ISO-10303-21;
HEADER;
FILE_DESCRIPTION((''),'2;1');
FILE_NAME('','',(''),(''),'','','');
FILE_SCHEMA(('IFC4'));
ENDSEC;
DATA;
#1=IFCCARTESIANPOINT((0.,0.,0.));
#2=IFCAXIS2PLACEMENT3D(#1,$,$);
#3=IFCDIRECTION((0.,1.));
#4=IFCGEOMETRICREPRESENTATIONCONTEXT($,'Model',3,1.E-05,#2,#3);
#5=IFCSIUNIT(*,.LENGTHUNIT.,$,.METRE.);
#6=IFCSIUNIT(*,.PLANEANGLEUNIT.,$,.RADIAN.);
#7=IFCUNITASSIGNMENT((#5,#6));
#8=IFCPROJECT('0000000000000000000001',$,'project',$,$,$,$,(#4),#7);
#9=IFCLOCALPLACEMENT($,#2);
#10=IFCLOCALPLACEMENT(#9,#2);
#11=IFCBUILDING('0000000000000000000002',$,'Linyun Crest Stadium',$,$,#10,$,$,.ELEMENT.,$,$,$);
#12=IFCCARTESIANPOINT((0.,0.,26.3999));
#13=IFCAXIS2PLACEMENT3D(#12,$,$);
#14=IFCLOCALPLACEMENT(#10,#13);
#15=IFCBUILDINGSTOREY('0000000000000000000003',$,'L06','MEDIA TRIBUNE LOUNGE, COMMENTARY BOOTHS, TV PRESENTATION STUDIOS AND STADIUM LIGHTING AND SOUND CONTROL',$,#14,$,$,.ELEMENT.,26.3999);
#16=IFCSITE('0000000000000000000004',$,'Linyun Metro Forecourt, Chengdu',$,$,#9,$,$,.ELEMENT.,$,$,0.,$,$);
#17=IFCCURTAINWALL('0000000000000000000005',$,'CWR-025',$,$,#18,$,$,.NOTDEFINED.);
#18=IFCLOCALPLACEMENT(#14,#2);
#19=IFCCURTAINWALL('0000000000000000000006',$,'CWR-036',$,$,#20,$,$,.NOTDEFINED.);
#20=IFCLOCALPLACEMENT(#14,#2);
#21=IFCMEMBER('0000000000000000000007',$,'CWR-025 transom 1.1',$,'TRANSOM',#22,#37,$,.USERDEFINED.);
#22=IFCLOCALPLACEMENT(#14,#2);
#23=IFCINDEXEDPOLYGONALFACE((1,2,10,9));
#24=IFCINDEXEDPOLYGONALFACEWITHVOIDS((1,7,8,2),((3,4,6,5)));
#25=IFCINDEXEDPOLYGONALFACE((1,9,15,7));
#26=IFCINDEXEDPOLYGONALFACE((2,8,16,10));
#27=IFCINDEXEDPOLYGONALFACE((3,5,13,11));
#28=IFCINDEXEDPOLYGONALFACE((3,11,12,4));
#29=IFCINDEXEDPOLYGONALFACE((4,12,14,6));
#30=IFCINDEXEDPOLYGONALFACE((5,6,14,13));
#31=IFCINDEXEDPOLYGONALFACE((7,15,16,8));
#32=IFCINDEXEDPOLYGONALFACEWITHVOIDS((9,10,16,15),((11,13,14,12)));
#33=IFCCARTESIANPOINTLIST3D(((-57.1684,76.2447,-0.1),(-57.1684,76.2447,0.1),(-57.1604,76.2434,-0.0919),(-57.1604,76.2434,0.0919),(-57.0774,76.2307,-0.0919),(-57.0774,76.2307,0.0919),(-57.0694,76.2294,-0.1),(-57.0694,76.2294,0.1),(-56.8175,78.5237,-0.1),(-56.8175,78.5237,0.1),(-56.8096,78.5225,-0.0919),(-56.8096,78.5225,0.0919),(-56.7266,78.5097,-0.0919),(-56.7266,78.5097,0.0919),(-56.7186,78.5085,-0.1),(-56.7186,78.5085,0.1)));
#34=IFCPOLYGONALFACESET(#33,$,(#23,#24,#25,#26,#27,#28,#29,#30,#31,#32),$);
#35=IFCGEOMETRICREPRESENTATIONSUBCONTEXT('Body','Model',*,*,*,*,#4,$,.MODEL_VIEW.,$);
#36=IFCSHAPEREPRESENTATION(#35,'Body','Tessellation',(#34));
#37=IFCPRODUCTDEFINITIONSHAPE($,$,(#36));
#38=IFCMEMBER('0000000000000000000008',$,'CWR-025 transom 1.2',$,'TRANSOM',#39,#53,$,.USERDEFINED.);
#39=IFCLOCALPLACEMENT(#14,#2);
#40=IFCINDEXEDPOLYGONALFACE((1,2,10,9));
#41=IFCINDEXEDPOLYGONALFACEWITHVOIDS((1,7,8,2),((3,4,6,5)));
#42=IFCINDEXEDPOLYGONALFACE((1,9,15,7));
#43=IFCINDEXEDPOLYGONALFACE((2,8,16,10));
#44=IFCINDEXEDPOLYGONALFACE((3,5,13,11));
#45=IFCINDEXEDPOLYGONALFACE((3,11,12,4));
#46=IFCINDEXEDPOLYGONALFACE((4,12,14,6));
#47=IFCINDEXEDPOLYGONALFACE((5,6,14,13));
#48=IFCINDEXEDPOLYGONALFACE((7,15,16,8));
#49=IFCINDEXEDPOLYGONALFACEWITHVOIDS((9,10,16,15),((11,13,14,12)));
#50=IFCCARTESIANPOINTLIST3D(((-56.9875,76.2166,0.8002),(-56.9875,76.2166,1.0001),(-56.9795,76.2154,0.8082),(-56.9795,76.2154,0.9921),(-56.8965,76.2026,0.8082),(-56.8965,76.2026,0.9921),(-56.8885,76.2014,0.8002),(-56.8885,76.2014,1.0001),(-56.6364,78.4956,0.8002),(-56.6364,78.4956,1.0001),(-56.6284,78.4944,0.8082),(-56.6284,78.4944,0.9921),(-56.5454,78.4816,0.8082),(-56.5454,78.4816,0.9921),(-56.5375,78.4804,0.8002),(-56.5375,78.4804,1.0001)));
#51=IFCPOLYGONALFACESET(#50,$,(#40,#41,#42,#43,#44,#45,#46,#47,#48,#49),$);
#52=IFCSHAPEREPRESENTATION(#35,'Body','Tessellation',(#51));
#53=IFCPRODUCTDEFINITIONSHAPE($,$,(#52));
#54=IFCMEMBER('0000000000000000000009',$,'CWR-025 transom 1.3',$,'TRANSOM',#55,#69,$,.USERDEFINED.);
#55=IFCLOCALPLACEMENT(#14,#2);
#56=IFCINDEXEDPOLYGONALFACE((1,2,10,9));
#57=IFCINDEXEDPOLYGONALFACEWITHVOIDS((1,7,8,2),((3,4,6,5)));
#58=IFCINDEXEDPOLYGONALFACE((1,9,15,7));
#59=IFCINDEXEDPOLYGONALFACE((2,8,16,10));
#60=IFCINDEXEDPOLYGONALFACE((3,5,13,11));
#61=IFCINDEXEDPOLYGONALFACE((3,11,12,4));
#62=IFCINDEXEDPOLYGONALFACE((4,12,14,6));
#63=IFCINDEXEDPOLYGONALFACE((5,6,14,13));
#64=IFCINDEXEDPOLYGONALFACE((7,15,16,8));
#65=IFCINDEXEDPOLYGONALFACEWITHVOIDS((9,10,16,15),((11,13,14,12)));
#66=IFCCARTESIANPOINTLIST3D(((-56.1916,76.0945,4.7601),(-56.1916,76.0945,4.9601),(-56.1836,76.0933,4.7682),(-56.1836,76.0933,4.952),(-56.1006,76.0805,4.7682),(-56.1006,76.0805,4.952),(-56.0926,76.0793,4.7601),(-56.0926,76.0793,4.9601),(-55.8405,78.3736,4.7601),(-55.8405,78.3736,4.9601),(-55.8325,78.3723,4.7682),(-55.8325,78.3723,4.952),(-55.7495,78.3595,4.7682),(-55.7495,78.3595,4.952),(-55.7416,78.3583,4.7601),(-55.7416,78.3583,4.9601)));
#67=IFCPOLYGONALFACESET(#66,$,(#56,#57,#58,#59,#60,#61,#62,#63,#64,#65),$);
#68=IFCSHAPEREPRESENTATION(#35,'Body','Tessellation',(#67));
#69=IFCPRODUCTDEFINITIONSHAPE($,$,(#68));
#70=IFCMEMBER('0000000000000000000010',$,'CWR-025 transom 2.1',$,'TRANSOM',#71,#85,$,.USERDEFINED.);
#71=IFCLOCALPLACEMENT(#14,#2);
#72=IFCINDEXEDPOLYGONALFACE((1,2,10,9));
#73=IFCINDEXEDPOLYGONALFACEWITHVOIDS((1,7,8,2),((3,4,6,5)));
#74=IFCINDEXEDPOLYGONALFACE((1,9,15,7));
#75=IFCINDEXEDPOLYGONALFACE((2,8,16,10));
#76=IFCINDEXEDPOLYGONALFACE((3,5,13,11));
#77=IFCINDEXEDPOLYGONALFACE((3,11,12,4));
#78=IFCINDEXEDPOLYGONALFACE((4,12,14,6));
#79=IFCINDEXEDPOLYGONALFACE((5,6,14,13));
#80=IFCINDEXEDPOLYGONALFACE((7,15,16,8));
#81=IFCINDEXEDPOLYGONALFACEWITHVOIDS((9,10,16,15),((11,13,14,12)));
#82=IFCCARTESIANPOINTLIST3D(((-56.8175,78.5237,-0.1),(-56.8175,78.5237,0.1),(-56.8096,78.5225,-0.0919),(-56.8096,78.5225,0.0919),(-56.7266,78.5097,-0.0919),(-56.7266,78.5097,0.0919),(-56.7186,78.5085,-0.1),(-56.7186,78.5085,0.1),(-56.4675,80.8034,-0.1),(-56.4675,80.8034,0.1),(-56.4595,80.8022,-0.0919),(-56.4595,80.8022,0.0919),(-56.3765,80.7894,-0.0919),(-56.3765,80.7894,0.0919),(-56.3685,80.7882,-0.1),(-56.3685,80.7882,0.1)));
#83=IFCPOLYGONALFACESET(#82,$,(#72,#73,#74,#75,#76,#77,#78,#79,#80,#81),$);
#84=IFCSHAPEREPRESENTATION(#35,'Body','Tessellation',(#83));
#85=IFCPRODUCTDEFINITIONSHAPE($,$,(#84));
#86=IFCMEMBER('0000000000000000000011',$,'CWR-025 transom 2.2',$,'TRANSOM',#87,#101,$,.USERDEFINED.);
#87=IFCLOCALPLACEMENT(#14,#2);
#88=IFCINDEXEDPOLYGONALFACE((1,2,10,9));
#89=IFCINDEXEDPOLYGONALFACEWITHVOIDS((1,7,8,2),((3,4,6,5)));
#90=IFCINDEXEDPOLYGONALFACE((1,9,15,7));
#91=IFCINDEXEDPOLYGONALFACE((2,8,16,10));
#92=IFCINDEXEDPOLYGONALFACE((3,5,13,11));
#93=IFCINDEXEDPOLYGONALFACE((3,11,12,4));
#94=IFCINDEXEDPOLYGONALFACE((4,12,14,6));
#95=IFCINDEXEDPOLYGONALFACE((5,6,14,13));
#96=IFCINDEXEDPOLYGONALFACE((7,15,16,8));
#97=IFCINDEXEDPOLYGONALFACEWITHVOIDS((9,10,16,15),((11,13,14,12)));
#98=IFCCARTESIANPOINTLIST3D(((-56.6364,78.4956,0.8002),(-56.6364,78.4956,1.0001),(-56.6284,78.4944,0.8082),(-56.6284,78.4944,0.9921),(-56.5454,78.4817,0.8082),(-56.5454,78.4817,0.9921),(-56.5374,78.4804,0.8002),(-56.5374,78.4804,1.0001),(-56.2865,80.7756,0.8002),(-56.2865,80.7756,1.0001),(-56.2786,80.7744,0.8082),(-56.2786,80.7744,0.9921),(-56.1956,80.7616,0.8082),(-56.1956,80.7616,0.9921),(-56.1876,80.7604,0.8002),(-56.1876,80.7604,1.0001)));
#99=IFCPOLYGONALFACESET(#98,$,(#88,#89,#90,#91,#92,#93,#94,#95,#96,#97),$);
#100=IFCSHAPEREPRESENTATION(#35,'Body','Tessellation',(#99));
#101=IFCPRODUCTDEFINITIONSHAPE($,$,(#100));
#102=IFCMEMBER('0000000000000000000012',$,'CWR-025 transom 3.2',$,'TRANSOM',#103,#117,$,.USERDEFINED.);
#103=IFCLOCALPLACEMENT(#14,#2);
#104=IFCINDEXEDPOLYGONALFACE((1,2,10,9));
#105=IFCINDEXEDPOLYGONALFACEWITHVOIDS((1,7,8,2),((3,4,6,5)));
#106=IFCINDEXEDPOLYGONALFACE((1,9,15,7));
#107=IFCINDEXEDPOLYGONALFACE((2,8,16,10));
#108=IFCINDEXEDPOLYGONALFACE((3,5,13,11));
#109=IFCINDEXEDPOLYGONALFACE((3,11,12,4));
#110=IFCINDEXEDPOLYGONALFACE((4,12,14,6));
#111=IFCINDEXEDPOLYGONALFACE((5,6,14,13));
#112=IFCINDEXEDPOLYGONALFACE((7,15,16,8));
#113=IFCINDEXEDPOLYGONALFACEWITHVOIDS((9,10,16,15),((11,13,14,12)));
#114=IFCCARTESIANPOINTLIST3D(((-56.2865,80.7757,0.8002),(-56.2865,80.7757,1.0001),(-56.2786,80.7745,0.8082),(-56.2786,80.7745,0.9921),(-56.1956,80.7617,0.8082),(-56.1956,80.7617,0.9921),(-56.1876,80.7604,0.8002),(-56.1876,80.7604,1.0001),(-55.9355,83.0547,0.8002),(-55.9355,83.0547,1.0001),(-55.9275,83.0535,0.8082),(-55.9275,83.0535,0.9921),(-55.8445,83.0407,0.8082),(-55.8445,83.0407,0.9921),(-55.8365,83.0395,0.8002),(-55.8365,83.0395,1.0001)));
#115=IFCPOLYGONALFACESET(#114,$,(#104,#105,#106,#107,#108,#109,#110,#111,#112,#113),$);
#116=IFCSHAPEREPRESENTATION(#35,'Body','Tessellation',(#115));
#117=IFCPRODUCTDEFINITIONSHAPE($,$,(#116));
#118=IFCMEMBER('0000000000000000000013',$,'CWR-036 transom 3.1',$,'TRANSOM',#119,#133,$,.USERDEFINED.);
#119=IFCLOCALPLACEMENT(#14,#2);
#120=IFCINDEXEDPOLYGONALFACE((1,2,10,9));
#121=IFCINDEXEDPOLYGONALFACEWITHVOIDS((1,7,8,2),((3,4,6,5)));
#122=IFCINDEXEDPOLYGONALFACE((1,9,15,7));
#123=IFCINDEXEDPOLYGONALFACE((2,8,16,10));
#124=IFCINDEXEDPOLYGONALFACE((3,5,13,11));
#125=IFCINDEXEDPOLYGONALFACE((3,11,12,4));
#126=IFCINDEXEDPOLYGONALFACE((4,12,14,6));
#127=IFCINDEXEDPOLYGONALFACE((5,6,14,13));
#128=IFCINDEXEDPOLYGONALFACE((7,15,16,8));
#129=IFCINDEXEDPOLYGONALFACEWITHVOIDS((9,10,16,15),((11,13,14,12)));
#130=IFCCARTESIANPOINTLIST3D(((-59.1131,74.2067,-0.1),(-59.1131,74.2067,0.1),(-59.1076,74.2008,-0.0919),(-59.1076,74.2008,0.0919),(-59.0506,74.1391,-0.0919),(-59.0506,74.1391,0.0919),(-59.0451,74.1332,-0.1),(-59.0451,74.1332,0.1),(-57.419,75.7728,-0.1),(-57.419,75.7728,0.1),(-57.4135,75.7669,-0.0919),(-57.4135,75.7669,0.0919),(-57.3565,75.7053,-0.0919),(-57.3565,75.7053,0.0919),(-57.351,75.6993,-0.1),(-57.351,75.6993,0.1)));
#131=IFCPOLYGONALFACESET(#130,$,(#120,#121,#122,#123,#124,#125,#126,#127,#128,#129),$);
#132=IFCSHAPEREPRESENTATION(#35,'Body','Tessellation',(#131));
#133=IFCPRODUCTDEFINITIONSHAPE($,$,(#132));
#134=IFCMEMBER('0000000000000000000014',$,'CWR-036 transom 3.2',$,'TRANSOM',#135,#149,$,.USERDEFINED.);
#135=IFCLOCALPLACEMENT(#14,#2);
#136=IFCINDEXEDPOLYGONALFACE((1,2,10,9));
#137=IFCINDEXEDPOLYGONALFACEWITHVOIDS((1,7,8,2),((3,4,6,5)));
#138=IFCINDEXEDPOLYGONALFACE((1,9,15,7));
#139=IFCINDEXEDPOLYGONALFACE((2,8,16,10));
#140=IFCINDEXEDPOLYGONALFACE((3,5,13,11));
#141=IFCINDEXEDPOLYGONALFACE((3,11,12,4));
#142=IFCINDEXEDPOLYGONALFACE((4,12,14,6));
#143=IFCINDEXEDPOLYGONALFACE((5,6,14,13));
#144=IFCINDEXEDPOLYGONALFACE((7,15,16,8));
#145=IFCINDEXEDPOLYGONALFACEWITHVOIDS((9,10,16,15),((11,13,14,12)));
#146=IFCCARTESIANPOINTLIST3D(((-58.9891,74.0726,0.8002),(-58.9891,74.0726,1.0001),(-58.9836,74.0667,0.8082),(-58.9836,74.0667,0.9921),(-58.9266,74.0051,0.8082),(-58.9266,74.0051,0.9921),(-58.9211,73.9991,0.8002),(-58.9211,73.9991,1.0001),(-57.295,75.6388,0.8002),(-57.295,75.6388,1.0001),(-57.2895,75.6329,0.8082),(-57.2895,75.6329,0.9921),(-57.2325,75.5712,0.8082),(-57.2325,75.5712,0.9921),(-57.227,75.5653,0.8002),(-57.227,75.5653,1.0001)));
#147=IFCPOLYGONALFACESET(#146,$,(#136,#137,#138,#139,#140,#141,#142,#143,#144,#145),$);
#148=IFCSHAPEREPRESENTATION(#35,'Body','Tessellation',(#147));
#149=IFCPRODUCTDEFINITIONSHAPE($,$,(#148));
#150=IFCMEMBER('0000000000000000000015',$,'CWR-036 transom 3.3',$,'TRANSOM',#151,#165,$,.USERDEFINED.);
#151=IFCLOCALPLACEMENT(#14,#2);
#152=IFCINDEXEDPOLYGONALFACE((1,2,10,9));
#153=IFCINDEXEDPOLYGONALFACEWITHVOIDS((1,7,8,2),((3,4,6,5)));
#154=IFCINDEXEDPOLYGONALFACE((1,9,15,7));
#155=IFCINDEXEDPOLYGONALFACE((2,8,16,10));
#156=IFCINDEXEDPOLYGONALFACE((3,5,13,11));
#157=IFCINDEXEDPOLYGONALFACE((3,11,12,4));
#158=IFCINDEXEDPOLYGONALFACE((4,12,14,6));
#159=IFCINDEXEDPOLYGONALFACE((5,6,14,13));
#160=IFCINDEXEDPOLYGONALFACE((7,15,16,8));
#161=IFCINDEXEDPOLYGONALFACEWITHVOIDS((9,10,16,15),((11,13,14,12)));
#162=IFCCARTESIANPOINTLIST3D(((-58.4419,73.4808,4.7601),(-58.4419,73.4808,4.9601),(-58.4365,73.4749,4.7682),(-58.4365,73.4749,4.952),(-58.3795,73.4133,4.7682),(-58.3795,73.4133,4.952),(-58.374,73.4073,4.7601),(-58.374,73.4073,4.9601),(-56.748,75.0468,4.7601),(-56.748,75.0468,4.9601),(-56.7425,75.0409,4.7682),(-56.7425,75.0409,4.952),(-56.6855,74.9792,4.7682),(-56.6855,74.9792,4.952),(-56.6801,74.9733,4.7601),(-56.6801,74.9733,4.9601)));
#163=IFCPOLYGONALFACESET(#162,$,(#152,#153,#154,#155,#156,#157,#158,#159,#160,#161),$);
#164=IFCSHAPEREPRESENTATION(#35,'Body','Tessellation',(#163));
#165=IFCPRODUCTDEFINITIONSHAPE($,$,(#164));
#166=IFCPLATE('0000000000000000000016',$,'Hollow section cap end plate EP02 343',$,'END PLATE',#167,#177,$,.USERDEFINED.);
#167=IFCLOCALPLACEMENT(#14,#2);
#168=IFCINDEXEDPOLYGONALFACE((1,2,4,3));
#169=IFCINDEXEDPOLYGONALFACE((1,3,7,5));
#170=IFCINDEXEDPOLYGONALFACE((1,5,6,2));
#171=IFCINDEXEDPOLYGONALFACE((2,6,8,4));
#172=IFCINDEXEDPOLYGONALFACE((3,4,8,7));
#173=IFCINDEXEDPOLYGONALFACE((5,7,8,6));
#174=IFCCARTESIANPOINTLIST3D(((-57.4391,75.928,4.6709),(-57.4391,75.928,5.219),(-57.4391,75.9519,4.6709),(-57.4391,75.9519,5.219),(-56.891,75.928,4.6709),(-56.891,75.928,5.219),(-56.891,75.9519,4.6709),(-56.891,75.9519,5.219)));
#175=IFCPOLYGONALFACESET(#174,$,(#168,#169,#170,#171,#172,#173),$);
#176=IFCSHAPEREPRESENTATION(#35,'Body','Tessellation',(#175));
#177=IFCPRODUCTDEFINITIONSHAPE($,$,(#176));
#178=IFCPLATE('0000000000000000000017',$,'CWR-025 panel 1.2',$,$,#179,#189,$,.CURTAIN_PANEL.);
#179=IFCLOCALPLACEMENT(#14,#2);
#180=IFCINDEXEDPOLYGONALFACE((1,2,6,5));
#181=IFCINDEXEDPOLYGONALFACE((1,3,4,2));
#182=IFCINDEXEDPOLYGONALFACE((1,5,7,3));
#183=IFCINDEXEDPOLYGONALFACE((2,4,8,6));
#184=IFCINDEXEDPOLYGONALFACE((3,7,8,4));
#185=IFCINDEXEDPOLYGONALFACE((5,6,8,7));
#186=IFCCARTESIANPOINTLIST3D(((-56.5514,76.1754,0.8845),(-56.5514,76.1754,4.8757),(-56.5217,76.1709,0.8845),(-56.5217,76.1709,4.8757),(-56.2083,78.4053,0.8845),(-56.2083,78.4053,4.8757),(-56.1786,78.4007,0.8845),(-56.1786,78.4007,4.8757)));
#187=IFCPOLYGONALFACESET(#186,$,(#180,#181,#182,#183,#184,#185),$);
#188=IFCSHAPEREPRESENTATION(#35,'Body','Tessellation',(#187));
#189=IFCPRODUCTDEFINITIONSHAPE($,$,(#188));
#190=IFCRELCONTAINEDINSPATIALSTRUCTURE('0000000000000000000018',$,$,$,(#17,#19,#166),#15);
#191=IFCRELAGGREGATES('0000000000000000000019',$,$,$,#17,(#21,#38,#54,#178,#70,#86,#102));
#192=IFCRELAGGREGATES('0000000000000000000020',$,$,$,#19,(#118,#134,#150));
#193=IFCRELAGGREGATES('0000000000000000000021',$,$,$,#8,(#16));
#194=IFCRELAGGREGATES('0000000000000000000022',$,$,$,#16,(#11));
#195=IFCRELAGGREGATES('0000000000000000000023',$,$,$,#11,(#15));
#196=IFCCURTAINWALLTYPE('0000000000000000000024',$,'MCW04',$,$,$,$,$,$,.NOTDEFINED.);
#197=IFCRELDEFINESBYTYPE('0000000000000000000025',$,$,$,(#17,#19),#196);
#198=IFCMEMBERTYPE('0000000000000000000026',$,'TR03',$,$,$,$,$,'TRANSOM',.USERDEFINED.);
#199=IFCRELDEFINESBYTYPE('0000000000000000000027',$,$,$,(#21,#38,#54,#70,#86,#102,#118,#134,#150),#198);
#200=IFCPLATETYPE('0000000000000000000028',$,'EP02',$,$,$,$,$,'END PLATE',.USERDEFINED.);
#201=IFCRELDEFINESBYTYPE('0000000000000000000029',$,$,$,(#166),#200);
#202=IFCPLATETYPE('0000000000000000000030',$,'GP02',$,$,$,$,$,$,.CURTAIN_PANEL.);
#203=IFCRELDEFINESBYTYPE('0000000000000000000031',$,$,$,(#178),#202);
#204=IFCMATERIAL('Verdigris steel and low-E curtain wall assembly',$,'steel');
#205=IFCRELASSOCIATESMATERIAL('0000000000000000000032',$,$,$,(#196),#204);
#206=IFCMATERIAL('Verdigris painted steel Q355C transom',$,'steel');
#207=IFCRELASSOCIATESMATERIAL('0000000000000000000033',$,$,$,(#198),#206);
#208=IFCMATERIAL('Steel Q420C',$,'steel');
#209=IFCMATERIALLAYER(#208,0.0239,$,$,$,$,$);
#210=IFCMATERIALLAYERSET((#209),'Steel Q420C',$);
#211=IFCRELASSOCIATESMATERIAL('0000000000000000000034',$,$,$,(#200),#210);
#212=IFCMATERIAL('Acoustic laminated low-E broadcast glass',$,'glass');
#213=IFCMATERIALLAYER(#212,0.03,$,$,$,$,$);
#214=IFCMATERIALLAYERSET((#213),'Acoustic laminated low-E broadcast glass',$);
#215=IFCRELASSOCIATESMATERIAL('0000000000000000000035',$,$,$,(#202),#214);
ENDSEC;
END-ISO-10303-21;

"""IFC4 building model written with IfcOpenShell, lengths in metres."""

from ifc_helpers import new_model, si_unit, direction, frame, origin, origin_2d, place, context, subcontext, project, spatial, rectangle, hollow_rectangle, extrude, material, layer, layer_set, material_profile, profile_set, type_object, element, aggregate, save


model = new_model("IFC4")

# Units and contexts
model_context = context("Model", 3, precision=1e-05, world=origin(), true_north=direction((0.0, 1.0)))
body_context = subcontext(model_context, "Body", "Model", "MODEL_VIEW")
ifc_project = project(units=[si_unit("LENGTHUNIT", "METRE"), si_unit("PLANEANGLEUNIT", "RADIAN")], contexts=[model_context])

# Site, building, storey
site_placement = place(None, origin())
site = spatial("IfcSite", under=ifc_project, at=site_placement, Name="Linyun Metro Forecourt, Chengdu", CompositionType="ELEMENT", RefElevation=0.0)
building_placement = place(site_placement, origin())
building = spatial("IfcBuilding", under=site, at=building_placement, Name="Linyun Crest Stadium", CompositionType="ELEMENT")
storey_placement = place(building_placement, frame((0.0, 0.0, 26.3999)))
storey = spatial("IfcBuildingStorey", under=building, at=storey_placement, Name="L06", Description="MEDIA TRIBUNE LOUNGE, COMMENTARY BOOTHS, TV PRESENTATION STUDIOS AND STADIUM LIGHTING AND SOUND CONTROL", CompositionType="ELEMENT", Elevation=26.3999)

# Curtain walls
ifc_material_1 = material(Name="Verdigris steel and low-E curtain wall assembly", Category="steel")
curtain_wall_type = type_object("IfcCurtainWallType", Name="MCW04", PredefinedType="NOTDEFINED", material=ifc_material_1)
curtain_wall_1_placement = place(storey_placement, origin())
curtain_wall_1 = element("IfcCurtainWall", 1, at=curtain_wall_1_placement, inside=storey, type_object=curtain_wall_type, Name="CWR-025", PredefinedType="NOTDEFINED")
curtain_wall_2_placement = place(storey_placement, origin())
curtain_wall_2 = element("IfcCurtainWall", 2, at=curtain_wall_2_placement, inside=storey, type_object=curtain_wall_type, Name="CWR-036", PredefinedType="NOTDEFINED")

# Members
ifc_material_2 = material(Name="Verdigris painted steel Q355C transom", Category="steel")
ifc_material_profile_1 = material_profile(ifc_material_2, hollow_rectangle(XDim=0.1001, YDim=0.2, WallThickness=0.0081, at=origin_2d()), Name="RHS 200x100x8")
ifc_profile_set_1 = profile_set([ifc_material_profile_1], Name="Verdigris painted steel Q355C transom")
member_type_1 = type_object("IfcMemberType", Name="TR03", ElementType="TRANSOM", PredefinedType="USERDEFINED", material=ifc_profile_set_1)
member_1_placement = place(storey_placement, frame((-57.1189, 76.2371, 0.0), z_axis=(0.152145, 0.988358, 0.0), x_axis=(-0.988358, 0.152145, 0.0)))
member_1 = element("IfcMember", 3, at=member_1_placement, type_object=member_type_1, Name="CWR-025 transom 1.1", ObjectType="TRANSOM", PredefinedType="USERDEFINED", context=body_context, shape_type="SweptSolid", body=[
    extrude(hollow_rectangle(XDim=0.1001, YDim=0.2, WallThickness=0.0081, at=origin_2d()), origin(), (0.0, 0.0, 1.0), 2.3059),
])
member_2_placement = place(storey_placement, frame((-56.938, 76.209, 0.9001), z_axis=(0.152248, 0.988342, 0.0), x_axis=(-0.988342, 0.152248, 0.0)))
member_2 = element("IfcMember", 4, at=member_2_placement, type_object=member_type_1, Name="CWR-025 transom 1.2", ObjectType="TRANSOM", PredefinedType="USERDEFINED", context=body_context, shape_type="SweptSolid", body=[
    extrude(hollow_rectangle(XDim=0.1001, YDim=0.2, WallThickness=0.0081, at=origin_2d()), origin(), (0.0, 0.0, 1.0), 2.3059),
])
member_3_placement = place(storey_placement, frame((-56.1421, 76.0869, 4.8601), z_axis=(0.152248, 0.988342, 0.0), x_axis=(-0.988342, 0.152248, 0.0)))
member_3 = element("IfcMember", 5, at=member_3_placement, type_object=member_type_1, Name="CWR-025 transom 1.3", ObjectType="TRANSOM", PredefinedType="USERDEFINED", context=body_context, shape_type="SweptSolid", body=[
    extrude(hollow_rectangle(XDim=0.1001, YDim=0.2, WallThickness=0.0081, at=origin_2d()), origin(), (0.0, 0.0, 1.0), 2.3059),
])
member_4_placement = place(storey_placement, frame((-56.7681, 78.5161, 0.0), z_axis=(0.151787, 0.988413, 0.0), x_axis=(-0.988413, 0.151787, 0.0)))
member_4 = element("IfcMember", 6, at=member_4_placement, type_object=member_type_1, Name="CWR-025 transom 2.1", ObjectType="TRANSOM", PredefinedType="USERDEFINED", context=body_context, shape_type="SweptSolid", body=[
    extrude(hollow_rectangle(XDim=0.1001, YDim=0.2, WallThickness=0.0081, at=origin_2d()), origin(), (0.0, 0.0, 1.0), 2.3064),
])
member_5_placement = place(storey_placement, frame((-56.5869, 78.488, 0.9001), z_axis=(0.151667, 0.988432, 0.0), x_axis=(-0.988432, 0.151667, 0.0)))
member_5 = element("IfcMember", 7, at=member_5_placement, type_object=member_type_1, Name="CWR-025 transom 2.2", ObjectType="TRANSOM", PredefinedType="USERDEFINED", context=body_context, shape_type="SweptSolid", body=[
    extrude(hollow_rectangle(XDim=0.1001, YDim=0.2, WallThickness=0.0081, at=origin_2d()), origin(), (0.0, 0.0, 1.0), 2.3066),
])
member_6_placement = place(storey_placement, frame((-56.2371, 80.7681, 0.9001), z_axis=(0.152248, 0.988342, 0.0), x_axis=(-0.988342, 0.152248, 0.0)))
member_6 = element("IfcMember", 8, at=member_6_placement, type_object=member_type_1, Name="CWR-025 transom 3.2", ObjectType="TRANSOM", PredefinedType="USERDEFINED", context=body_context, shape_type="SweptSolid", body=[
    extrude(hollow_rectangle(XDim=0.1001, YDim=0.2, WallThickness=0.0081, at=origin_2d()), origin(), (0.0, 0.0, 1.0), 2.3059),
])
member_7_placement = place(storey_placement, frame((-59.0791, 74.1699, 0.0), z_axis=(0.734288, 0.678838, 0.0), x_axis=(-0.678838, 0.734288, 0.0)))
member_7 = element("IfcMember", 9, at=member_7_placement, type_object=member_type_1, Name="CWR-036 transom 3.1", ObjectType="TRANSOM", PredefinedType="USERDEFINED", context=body_context, shape_type="SweptSolid", body=[
    extrude(hollow_rectangle(XDim=0.1001, YDim=0.2, WallThickness=0.0081, at=origin_2d()), origin(), (0.0, 0.0, 1.0), 2.3071),
])
member_8_placement = place(storey_placement, frame((-58.9551, 74.0359, 0.9001), z_axis=(0.734288, 0.678838, 0.0), x_axis=(-0.678838, 0.734288, 0.0)))
member_8 = element("IfcMember", 10, at=member_8_placement, type_object=member_type_1, Name="CWR-036 transom 3.2", ObjectType="TRANSOM", PredefinedType="USERDEFINED", context=body_context, shape_type="SweptSolid", body=[
    extrude(hollow_rectangle(XDim=0.1001, YDim=0.2, WallThickness=0.0081, at=origin_2d()), origin(), (0.0, 0.0, 1.0), 2.3071),
])
member_9_placement = place(storey_placement, frame((-58.408, 73.4441, 4.8601), z_axis=(0.734292, 0.678834, 0.0), x_axis=(-0.678834, 0.734292, 0.0)))
member_9 = element("IfcMember", 11, at=member_9_placement, type_object=member_type_1, Name="CWR-036 transom 3.3", ObjectType="TRANSOM", PredefinedType="USERDEFINED", context=body_context, shape_type="SweptSolid", body=[
    extrude(hollow_rectangle(XDim=0.1001, YDim=0.2, WallThickness=0.0081, at=origin_2d()), origin(), (0.0, 0.0, 1.0), 2.3069),
])

# Plates
ifc_material_3 = material(Name="Steel Q420C", Category="steel")
ifc_layer_1 = layer(ifc_material_3, 0.0239)
ifc_layer_set_1 = layer_set([ifc_layer_1], Name="Steel Q420C")
plate_type_1 = type_object("IfcPlateType", Name="EP02", ElementType="END PLATE", PredefinedType="USERDEFINED", material=ifc_layer_set_1)
plate_1_placement = place(storey_placement, frame((-57.165, 75.9399, 4.6709), z_axis=(0.0, 0.0, 1.0), x_axis=(1.0, 0.0, 0.0)))
element("IfcPlate", 12, at=plate_1_placement, inside=storey, type_object=plate_type_1, Name="Hollow section cap end plate EP02 343", ObjectType="END PLATE", PredefinedType="USERDEFINED", context=body_context, shape_type="SweptSolid", body=[
    extrude(rectangle(XDim=0.5481, YDim=0.0239, at=origin_2d()), origin(), (0.0, 0.0, 1.0), 0.5481),
])
ifc_material_4 = material(Name="Acoustic laminated low-E broadcast glass", Category="glass")
ifc_layer_2 = layer(ifc_material_4, 0.03)
ifc_layer_set_2 = layer_set([ifc_layer_2], Name="Acoustic laminated low-E broadcast glass")
plate_type_2 = type_object("IfcPlateType", Name="GP02", PredefinedType="CURTAIN_PANEL", material=ifc_layer_set_2)
plate_2_placement = place(storey_placement, frame((-56.365, 77.2881, 0.8845), z_axis=(0.0, 0.0, 1.0), x_axis=(0.152054, 0.988372, 0.0)))
plate_2 = element("IfcPlate", 13, at=plate_2_placement, type_object=plate_type_2, Name="CWR-025 panel 1.2", PredefinedType="CURTAIN_PANEL", context=body_context, shape_type="SweptSolid", body=[
    extrude(rectangle(XDim=2.2561, YDim=0.03, at=origin_2d()), origin(), (0.0, 0.0, 1.0), 3.9912),
])
aggregate(curtain_wall_1, [member_1, member_2, member_3, plate_2, member_4, member_5, member_6])
aggregate(curtain_wall_2, [member_7, member_8, member_9])

save(model, "model.ifc")
